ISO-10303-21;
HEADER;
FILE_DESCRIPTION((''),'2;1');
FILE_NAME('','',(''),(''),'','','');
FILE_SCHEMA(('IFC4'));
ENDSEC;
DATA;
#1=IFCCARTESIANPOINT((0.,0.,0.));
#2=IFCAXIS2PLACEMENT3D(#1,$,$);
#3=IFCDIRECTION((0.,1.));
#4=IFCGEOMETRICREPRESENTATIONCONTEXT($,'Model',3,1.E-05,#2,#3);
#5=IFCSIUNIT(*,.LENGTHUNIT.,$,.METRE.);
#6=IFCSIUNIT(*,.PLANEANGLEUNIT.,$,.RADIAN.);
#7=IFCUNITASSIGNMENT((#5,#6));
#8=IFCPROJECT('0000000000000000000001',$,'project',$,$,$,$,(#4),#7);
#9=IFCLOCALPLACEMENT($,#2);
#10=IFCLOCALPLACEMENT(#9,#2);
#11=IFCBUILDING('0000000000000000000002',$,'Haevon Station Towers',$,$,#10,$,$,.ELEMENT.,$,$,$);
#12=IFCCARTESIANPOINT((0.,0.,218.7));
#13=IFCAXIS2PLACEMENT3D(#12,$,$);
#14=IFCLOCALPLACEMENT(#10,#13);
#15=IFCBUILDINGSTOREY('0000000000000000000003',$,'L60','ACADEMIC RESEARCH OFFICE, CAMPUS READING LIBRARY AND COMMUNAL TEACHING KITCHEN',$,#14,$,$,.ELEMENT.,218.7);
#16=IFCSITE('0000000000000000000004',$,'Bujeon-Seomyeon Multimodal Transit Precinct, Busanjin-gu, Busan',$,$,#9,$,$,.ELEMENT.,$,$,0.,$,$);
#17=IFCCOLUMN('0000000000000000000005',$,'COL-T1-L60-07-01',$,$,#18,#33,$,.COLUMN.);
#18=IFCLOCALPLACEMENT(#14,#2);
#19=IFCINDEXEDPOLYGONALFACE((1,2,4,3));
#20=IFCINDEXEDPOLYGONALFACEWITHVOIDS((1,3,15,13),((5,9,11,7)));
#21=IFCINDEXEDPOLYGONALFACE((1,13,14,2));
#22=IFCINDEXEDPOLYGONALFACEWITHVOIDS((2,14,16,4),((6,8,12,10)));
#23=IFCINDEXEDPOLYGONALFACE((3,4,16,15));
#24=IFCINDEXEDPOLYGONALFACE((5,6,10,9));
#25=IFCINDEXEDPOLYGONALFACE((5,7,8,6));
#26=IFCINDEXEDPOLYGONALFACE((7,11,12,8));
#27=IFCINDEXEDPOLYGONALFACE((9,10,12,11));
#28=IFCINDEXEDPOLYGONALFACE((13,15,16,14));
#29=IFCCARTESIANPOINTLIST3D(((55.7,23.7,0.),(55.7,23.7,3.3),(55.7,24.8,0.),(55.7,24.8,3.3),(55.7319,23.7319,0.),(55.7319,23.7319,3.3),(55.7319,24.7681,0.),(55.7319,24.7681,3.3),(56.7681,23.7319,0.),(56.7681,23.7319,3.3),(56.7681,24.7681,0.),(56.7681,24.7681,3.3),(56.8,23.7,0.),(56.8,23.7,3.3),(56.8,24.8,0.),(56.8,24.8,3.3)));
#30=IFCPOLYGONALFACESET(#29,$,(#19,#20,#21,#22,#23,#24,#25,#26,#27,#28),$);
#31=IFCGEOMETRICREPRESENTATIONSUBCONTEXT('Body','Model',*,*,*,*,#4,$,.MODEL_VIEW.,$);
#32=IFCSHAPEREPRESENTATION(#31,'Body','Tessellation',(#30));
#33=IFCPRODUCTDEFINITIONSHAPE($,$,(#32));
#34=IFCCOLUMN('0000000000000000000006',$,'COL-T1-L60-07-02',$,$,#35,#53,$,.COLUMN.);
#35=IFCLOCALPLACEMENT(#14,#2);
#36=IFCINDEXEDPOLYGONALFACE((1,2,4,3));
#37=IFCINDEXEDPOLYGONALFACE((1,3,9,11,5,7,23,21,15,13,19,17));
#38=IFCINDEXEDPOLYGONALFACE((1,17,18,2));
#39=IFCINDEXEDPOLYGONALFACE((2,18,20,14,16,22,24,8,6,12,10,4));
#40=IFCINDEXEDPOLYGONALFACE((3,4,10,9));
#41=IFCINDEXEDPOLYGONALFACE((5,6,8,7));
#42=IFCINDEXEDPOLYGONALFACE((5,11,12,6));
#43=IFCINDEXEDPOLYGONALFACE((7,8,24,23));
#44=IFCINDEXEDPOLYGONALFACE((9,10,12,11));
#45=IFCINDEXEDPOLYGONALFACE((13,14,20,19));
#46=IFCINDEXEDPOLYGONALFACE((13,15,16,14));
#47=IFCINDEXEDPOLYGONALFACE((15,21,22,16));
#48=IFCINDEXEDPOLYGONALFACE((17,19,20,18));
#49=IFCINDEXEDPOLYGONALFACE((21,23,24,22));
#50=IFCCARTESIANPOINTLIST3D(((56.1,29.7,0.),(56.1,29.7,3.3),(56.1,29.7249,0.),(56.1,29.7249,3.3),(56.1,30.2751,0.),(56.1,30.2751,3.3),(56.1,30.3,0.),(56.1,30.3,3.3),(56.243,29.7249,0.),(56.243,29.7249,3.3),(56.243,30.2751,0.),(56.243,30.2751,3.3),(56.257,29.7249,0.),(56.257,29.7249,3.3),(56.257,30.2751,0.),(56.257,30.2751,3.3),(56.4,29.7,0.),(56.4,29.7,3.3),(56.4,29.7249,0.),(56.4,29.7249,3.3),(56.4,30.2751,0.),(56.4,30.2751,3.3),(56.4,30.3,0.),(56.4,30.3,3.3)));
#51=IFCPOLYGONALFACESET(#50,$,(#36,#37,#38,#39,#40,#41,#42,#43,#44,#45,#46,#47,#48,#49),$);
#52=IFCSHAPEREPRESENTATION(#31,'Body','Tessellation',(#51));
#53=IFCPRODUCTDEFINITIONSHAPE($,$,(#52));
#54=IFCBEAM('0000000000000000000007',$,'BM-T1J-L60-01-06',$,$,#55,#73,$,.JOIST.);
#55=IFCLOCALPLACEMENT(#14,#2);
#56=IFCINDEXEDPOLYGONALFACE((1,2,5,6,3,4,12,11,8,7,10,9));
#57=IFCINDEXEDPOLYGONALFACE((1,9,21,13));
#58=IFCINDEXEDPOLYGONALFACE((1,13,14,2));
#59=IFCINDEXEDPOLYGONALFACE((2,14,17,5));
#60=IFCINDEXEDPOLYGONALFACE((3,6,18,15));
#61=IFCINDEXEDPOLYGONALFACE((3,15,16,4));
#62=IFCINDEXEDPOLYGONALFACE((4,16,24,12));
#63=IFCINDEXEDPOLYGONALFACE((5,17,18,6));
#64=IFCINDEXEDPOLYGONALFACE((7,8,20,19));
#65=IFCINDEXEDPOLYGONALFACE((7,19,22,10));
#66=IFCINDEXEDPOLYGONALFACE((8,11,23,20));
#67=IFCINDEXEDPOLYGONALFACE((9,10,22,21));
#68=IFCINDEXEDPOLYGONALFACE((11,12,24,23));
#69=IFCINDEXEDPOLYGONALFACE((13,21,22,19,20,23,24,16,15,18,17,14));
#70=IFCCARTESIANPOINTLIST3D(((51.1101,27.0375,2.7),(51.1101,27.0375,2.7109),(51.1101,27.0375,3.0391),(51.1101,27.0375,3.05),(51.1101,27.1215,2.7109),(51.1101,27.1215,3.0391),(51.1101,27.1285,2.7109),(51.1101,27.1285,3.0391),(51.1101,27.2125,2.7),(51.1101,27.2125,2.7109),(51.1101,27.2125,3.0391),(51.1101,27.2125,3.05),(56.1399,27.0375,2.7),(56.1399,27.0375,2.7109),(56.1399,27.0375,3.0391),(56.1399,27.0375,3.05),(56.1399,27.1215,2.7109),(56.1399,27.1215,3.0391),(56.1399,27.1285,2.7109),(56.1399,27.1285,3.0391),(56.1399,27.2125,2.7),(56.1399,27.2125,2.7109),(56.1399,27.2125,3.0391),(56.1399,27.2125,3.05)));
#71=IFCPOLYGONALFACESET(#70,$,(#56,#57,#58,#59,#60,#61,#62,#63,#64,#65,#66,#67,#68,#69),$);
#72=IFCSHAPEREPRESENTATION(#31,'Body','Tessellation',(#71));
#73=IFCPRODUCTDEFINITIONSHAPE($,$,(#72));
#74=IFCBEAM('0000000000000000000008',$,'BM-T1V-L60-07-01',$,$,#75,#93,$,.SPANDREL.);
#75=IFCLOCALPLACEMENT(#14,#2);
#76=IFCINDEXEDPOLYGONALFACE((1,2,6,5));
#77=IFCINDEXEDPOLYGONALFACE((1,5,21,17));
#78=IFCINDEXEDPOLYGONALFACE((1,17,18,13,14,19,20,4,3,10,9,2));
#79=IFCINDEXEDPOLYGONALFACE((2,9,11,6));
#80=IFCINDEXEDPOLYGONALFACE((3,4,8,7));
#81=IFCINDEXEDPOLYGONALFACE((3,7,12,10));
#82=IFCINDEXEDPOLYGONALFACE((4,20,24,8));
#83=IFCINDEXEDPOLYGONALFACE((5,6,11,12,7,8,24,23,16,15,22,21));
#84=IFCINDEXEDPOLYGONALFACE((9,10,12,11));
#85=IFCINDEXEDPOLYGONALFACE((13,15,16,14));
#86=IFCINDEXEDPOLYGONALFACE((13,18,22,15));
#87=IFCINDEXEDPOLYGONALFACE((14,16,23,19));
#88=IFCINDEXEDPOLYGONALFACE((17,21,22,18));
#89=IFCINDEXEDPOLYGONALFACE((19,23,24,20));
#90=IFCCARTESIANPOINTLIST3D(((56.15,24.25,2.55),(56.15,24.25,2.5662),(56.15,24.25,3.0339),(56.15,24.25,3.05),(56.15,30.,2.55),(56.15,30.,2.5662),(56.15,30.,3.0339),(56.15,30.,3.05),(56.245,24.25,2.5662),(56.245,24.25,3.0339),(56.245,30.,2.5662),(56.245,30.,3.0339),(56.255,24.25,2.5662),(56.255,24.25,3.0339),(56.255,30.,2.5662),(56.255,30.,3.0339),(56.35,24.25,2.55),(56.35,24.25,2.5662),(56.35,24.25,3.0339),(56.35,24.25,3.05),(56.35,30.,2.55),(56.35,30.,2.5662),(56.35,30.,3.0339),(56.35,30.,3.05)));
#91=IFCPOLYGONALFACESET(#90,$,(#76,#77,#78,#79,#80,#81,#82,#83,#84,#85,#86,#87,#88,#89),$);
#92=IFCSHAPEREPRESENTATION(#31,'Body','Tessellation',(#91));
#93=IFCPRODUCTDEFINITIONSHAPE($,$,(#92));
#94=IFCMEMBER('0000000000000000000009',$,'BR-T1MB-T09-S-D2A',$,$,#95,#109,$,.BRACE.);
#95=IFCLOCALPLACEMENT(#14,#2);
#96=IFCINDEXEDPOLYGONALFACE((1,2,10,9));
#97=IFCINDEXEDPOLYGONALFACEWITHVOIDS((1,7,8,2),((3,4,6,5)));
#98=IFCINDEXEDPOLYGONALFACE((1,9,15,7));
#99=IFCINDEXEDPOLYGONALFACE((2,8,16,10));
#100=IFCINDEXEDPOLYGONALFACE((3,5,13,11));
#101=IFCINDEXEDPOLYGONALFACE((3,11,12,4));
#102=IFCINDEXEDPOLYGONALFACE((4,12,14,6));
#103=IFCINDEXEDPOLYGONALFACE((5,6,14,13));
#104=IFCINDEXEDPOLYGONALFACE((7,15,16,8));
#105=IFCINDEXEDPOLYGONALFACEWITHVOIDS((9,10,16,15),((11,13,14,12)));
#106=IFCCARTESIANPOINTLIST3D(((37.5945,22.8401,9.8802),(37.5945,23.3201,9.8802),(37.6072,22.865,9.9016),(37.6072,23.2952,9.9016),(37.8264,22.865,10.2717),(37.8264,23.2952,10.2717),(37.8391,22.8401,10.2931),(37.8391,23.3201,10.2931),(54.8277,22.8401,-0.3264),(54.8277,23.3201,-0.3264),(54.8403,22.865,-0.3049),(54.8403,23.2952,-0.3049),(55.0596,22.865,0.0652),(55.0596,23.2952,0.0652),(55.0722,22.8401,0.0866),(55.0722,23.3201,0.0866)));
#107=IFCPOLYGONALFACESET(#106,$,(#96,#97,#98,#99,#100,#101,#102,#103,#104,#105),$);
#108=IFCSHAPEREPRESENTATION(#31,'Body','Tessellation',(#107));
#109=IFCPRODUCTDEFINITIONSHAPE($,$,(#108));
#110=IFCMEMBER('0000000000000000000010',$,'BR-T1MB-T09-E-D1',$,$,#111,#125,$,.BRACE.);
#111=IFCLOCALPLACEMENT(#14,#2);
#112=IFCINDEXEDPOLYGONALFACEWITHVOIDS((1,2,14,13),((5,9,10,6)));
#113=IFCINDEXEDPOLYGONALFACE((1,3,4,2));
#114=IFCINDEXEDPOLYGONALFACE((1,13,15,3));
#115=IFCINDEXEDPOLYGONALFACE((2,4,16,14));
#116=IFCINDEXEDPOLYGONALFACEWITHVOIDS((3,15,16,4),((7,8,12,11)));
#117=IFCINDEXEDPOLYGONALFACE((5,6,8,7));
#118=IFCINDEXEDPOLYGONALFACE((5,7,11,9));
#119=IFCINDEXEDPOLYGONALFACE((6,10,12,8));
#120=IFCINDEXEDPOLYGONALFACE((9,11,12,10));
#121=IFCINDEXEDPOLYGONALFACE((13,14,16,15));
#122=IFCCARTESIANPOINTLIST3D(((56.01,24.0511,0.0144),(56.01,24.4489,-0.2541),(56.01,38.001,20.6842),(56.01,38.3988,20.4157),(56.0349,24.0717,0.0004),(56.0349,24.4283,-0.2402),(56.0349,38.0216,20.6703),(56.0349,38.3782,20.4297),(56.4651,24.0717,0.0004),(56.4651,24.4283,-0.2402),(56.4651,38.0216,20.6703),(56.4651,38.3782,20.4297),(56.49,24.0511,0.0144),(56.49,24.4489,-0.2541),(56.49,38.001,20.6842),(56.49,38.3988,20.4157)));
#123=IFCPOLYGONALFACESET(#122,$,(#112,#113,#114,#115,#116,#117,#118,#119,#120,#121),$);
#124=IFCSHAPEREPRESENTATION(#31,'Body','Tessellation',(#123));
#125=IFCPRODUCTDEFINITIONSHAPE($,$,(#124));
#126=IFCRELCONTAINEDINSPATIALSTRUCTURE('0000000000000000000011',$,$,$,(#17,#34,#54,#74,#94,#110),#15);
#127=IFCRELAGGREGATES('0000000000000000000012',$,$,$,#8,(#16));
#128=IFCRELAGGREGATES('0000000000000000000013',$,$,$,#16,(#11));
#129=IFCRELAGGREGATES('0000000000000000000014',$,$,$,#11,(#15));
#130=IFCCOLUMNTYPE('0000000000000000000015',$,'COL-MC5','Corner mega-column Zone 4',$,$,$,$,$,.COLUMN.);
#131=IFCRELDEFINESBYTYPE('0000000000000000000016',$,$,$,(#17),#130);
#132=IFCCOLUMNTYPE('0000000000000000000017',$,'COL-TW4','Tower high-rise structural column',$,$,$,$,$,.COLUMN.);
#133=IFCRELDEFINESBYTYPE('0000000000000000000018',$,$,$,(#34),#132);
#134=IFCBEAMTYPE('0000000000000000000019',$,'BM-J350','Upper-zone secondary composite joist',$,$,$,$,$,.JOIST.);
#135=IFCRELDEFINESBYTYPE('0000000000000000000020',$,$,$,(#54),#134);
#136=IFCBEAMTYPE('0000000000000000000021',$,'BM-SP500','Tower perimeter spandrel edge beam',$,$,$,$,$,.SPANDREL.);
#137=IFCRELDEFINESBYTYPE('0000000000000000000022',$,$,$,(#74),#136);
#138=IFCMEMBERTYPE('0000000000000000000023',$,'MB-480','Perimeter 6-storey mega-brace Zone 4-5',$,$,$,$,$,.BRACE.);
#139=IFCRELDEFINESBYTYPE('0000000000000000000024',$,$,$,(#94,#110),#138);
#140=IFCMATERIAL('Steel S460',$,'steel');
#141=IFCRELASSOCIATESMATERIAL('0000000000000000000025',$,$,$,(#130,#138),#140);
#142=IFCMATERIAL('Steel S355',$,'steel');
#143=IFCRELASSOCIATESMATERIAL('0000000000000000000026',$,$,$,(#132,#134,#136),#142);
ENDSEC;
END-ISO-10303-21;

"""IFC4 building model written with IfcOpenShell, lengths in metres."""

from ifc_helpers import new_model, si_unit, direction, frame, origin, origin_2d, place, context, subcontext, project, spatial, hollow_rectangle, i_section, extrude, material, material_profile, profile_set, type_object, element, save


model = new_model("IFC4")

# Units and contexts
model_context = context("Model", 3, precision=1e-05, world=origin(), true_north=direction((0.0, 1.0)))
body_context = subcontext(model_context, "Body", "Model", "MODEL_VIEW")
ifc_project = project(units=[si_unit("LENGTHUNIT", "METRE"), si_unit("PLANEANGLEUNIT", "RADIAN")], contexts=[model_context])

# Site, building, storey
site_placement = place(None, origin())
site = spatial("IfcSite", under=ifc_project, at=site_placement, Name="Bujeon-Seomyeon Multimodal Transit Precinct, Busanjin-gu, Busan", CompositionType="ELEMENT", RefElevation=0.0)
building_placement = place(site_placement, origin())
building = spatial("IfcBuilding", under=site, at=building_placement, Name="Haevon Station Towers", CompositionType="ELEMENT")
storey_placement = place(building_placement, frame((0.0, 0.0, 218.7)))
storey = spatial("IfcBuildingStorey", under=building, at=storey_placement, Name="L60", Description="ACADEMIC RESEARCH OFFICE, CAMPUS READING LIBRARY AND COMMUNAL TEACHING KITCHEN", CompositionType="ELEMENT", Elevation=218.7)

# Columns
ifc_material_1 = material(Name="Steel S460", Category="steel")
ifc_material_profile_1 = material_profile(ifc_material_1, hollow_rectangle(XDim=1.1001, YDim=1.1001, WallThickness=0.032, at=origin_2d()), Name="BOX-1100x1100x32")
ifc_profile_set_1 = profile_set([ifc_material_profile_1], Name="Steel S460")
column_type_1 = type_object("IfcColumnType", Name="COL-MC5", Description="Corner mega-column Zone 4", PredefinedType="COLUMN", material=ifc_profile_set_1)
column_1_placement = place(storey_placement, frame((56.25, 24.25, 0.0), z_axis=(0.0, 0.0, 1.0), x_axis=(1.0, 0.0, 0.0)))
element("IfcColumn", 1, at=column_1_placement, inside=storey, type_object=column_type_1, Name="COL-T1-L60-07-01", PredefinedType="COLUMN", context=body_context, shape_type="SweptSolid", body=[
    extrude(hollow_rectangle(XDim=1.1001, YDim=1.1001, WallThickness=0.032, at=origin_2d()), origin(), (0.0, 0.0, 1.0), 3.3),
])
ifc_material_2 = material(Name="Steel S355", Category="steel")
ifc_material_profile_2 = material_profile(ifc_material_2, i_section(OverallWidth=0.3, OverallDepth=0.6001, WebThickness=0.0139, FlangeThickness=0.0249, at=origin_2d()), Name="H-600x300x14x25")
ifc_profile_set_2 = profile_set([ifc_material_profile_2], Name="Steel S355")
column_type_2 = type_object("IfcColumnType", Name="COL-TW4", Description="Tower high-rise structural column", PredefinedType="COLUMN", material=ifc_profile_set_2)
column_2_placement = place(storey_placement, frame((56.25, 30.0, 0.0), z_axis=(0.0, 0.0, 1.0), x_axis=(1.0, 0.0, 0.0)))
element("IfcColumn", 2, at=column_2_placement, inside=storey, type_object=column_type_2, Name="COL-T1-L60-07-02", PredefinedType="COLUMN", context=body_context, shape_type="SweptSolid", body=[
    extrude(i_section(OverallWidth=0.3, OverallDepth=0.6001, WebThickness=0.0139, FlangeThickness=0.0249, at=origin_2d()), origin(), (0.0, 0.0, 1.0), 3.3),
])

# Beams
ifc_material_profile_3 = material_profile(ifc_material_2, i_section(OverallWidth=0.175, OverallDepth=0.3501, WebThickness=0.0071, FlangeThickness=0.011, at=origin_2d()), Name="H-350x175x7x11")
ifc_profile_set_3 = profile_set([ifc_material_profile_3], Name="Steel S355")
beam_type_1 = type_object("IfcBeamType", Name="BM-J350", Description="Upper-zone secondary composite joist", PredefinedType="JOIST", material=ifc_profile_set_3)
beam_1_placement = place(storey_placement, frame((51.1101, 27.125, 2.875), z_axis=(1.0, 0.0, 0.0), x_axis=(0.0, 1.0, 0.0)))
element("IfcBeam", 3, at=beam_1_placement, inside=storey, type_object=beam_type_1, Name="BM-T1J-L60-01-06", PredefinedType="JOIST", context=body_context, shape_type="SweptSolid", body=[
    extrude(i_section(OverallWidth=0.175, OverallDepth=0.3501, WebThickness=0.0071, FlangeThickness=0.011, at=origin_2d()), origin(), (0.0, 0.0, 1.0), 5.0298),
])
ifc_material_profile_4 = material_profile(ifc_material_2, i_section(OverallWidth=0.2, OverallDepth=0.5, WebThickness=0.01, FlangeThickness=0.0161, at=origin_2d()), Name="H-500x200x10x16")
ifc_profile_set_4 = profile_set([ifc_material_profile_4], Name="Steel S355")
beam_type_2 = type_object("IfcBeamType", Name="BM-SP500", Description="Tower perimeter spandrel edge beam", PredefinedType="SPANDREL", material=ifc_profile_set_4)
beam_2_placement = place(storey_placement, frame((56.25, 24.25, 2.8), z_axis=(0.0, 1.0, 0.0), x_axis=(-1.0, 0.0, 0.0)))
element("IfcBeam", 4, at=beam_2_placement, inside=storey, type_object=beam_type_2, Name="BM-T1V-L60-07-01", PredefinedType="SPANDREL", context=body_context, shape_type="SweptSolid", body=[
    extrude(i_section(OverallWidth=0.2, OverallDepth=0.5, WebThickness=0.01, FlangeThickness=0.0161, at=origin_2d()), origin(), (0.0, 0.0, 1.0), 5.75),
])

# Members
ifc_material_profile_5 = material_profile(ifc_material_1, hollow_rectangle(XDim=0.48, YDim=0.48, WallThickness=0.0249, at=origin_2d()), Name="RHS-480x480x25")
ifc_profile_set_5 = profile_set([ifc_material_profile_5], Name="Steel S460")
member_type = type_object("IfcMemberType", Name="MB-480", Description="Perimeter 6-storey mega-brace Zone 4-5", PredefinedType="BRACE", material=ifc_profile_set_5)
member_1_placement = place(storey_placement, frame((54.95, 23.0801, -0.1199), z_axis=(-0.860416, 0.0, 0.509592), x_axis=(0.0, -1.0, 0.0)))
element("IfcMember", 5, at=member_1_placement, inside=storey, type_object=member_type, Name="BR-T1MB-T09-S-D2A", PredefinedType="BRACE", context=body_context, shape_type="SweptSolid", body=[
    extrude(hollow_rectangle(XDim=0.48, YDim=0.48, WallThickness=0.0249, at=origin_2d()), origin(), (0.0, 0.0, 1.0), 20.0288),
])
member_2_placement = place(storey_placement, frame((56.25, 24.25, -0.1199), z_axis=(0.0, 0.559411, 0.82889), x_axis=(-1.0, 0.0, 0.0)))
element("IfcMember", 6, at=member_2_placement, inside=storey, type_object=member_type, Name="BR-T1MB-T09-E-D1", PredefinedType="BRACE", context=body_context, shape_type="SweptSolid", body=[
    extrude(hollow_rectangle(XDim=0.48, YDim=0.48, WallThickness=0.0249, at=origin_2d()), origin(), (0.0, 0.0, 1.0), 24.9368),
])

save(model, "model.ifc")
